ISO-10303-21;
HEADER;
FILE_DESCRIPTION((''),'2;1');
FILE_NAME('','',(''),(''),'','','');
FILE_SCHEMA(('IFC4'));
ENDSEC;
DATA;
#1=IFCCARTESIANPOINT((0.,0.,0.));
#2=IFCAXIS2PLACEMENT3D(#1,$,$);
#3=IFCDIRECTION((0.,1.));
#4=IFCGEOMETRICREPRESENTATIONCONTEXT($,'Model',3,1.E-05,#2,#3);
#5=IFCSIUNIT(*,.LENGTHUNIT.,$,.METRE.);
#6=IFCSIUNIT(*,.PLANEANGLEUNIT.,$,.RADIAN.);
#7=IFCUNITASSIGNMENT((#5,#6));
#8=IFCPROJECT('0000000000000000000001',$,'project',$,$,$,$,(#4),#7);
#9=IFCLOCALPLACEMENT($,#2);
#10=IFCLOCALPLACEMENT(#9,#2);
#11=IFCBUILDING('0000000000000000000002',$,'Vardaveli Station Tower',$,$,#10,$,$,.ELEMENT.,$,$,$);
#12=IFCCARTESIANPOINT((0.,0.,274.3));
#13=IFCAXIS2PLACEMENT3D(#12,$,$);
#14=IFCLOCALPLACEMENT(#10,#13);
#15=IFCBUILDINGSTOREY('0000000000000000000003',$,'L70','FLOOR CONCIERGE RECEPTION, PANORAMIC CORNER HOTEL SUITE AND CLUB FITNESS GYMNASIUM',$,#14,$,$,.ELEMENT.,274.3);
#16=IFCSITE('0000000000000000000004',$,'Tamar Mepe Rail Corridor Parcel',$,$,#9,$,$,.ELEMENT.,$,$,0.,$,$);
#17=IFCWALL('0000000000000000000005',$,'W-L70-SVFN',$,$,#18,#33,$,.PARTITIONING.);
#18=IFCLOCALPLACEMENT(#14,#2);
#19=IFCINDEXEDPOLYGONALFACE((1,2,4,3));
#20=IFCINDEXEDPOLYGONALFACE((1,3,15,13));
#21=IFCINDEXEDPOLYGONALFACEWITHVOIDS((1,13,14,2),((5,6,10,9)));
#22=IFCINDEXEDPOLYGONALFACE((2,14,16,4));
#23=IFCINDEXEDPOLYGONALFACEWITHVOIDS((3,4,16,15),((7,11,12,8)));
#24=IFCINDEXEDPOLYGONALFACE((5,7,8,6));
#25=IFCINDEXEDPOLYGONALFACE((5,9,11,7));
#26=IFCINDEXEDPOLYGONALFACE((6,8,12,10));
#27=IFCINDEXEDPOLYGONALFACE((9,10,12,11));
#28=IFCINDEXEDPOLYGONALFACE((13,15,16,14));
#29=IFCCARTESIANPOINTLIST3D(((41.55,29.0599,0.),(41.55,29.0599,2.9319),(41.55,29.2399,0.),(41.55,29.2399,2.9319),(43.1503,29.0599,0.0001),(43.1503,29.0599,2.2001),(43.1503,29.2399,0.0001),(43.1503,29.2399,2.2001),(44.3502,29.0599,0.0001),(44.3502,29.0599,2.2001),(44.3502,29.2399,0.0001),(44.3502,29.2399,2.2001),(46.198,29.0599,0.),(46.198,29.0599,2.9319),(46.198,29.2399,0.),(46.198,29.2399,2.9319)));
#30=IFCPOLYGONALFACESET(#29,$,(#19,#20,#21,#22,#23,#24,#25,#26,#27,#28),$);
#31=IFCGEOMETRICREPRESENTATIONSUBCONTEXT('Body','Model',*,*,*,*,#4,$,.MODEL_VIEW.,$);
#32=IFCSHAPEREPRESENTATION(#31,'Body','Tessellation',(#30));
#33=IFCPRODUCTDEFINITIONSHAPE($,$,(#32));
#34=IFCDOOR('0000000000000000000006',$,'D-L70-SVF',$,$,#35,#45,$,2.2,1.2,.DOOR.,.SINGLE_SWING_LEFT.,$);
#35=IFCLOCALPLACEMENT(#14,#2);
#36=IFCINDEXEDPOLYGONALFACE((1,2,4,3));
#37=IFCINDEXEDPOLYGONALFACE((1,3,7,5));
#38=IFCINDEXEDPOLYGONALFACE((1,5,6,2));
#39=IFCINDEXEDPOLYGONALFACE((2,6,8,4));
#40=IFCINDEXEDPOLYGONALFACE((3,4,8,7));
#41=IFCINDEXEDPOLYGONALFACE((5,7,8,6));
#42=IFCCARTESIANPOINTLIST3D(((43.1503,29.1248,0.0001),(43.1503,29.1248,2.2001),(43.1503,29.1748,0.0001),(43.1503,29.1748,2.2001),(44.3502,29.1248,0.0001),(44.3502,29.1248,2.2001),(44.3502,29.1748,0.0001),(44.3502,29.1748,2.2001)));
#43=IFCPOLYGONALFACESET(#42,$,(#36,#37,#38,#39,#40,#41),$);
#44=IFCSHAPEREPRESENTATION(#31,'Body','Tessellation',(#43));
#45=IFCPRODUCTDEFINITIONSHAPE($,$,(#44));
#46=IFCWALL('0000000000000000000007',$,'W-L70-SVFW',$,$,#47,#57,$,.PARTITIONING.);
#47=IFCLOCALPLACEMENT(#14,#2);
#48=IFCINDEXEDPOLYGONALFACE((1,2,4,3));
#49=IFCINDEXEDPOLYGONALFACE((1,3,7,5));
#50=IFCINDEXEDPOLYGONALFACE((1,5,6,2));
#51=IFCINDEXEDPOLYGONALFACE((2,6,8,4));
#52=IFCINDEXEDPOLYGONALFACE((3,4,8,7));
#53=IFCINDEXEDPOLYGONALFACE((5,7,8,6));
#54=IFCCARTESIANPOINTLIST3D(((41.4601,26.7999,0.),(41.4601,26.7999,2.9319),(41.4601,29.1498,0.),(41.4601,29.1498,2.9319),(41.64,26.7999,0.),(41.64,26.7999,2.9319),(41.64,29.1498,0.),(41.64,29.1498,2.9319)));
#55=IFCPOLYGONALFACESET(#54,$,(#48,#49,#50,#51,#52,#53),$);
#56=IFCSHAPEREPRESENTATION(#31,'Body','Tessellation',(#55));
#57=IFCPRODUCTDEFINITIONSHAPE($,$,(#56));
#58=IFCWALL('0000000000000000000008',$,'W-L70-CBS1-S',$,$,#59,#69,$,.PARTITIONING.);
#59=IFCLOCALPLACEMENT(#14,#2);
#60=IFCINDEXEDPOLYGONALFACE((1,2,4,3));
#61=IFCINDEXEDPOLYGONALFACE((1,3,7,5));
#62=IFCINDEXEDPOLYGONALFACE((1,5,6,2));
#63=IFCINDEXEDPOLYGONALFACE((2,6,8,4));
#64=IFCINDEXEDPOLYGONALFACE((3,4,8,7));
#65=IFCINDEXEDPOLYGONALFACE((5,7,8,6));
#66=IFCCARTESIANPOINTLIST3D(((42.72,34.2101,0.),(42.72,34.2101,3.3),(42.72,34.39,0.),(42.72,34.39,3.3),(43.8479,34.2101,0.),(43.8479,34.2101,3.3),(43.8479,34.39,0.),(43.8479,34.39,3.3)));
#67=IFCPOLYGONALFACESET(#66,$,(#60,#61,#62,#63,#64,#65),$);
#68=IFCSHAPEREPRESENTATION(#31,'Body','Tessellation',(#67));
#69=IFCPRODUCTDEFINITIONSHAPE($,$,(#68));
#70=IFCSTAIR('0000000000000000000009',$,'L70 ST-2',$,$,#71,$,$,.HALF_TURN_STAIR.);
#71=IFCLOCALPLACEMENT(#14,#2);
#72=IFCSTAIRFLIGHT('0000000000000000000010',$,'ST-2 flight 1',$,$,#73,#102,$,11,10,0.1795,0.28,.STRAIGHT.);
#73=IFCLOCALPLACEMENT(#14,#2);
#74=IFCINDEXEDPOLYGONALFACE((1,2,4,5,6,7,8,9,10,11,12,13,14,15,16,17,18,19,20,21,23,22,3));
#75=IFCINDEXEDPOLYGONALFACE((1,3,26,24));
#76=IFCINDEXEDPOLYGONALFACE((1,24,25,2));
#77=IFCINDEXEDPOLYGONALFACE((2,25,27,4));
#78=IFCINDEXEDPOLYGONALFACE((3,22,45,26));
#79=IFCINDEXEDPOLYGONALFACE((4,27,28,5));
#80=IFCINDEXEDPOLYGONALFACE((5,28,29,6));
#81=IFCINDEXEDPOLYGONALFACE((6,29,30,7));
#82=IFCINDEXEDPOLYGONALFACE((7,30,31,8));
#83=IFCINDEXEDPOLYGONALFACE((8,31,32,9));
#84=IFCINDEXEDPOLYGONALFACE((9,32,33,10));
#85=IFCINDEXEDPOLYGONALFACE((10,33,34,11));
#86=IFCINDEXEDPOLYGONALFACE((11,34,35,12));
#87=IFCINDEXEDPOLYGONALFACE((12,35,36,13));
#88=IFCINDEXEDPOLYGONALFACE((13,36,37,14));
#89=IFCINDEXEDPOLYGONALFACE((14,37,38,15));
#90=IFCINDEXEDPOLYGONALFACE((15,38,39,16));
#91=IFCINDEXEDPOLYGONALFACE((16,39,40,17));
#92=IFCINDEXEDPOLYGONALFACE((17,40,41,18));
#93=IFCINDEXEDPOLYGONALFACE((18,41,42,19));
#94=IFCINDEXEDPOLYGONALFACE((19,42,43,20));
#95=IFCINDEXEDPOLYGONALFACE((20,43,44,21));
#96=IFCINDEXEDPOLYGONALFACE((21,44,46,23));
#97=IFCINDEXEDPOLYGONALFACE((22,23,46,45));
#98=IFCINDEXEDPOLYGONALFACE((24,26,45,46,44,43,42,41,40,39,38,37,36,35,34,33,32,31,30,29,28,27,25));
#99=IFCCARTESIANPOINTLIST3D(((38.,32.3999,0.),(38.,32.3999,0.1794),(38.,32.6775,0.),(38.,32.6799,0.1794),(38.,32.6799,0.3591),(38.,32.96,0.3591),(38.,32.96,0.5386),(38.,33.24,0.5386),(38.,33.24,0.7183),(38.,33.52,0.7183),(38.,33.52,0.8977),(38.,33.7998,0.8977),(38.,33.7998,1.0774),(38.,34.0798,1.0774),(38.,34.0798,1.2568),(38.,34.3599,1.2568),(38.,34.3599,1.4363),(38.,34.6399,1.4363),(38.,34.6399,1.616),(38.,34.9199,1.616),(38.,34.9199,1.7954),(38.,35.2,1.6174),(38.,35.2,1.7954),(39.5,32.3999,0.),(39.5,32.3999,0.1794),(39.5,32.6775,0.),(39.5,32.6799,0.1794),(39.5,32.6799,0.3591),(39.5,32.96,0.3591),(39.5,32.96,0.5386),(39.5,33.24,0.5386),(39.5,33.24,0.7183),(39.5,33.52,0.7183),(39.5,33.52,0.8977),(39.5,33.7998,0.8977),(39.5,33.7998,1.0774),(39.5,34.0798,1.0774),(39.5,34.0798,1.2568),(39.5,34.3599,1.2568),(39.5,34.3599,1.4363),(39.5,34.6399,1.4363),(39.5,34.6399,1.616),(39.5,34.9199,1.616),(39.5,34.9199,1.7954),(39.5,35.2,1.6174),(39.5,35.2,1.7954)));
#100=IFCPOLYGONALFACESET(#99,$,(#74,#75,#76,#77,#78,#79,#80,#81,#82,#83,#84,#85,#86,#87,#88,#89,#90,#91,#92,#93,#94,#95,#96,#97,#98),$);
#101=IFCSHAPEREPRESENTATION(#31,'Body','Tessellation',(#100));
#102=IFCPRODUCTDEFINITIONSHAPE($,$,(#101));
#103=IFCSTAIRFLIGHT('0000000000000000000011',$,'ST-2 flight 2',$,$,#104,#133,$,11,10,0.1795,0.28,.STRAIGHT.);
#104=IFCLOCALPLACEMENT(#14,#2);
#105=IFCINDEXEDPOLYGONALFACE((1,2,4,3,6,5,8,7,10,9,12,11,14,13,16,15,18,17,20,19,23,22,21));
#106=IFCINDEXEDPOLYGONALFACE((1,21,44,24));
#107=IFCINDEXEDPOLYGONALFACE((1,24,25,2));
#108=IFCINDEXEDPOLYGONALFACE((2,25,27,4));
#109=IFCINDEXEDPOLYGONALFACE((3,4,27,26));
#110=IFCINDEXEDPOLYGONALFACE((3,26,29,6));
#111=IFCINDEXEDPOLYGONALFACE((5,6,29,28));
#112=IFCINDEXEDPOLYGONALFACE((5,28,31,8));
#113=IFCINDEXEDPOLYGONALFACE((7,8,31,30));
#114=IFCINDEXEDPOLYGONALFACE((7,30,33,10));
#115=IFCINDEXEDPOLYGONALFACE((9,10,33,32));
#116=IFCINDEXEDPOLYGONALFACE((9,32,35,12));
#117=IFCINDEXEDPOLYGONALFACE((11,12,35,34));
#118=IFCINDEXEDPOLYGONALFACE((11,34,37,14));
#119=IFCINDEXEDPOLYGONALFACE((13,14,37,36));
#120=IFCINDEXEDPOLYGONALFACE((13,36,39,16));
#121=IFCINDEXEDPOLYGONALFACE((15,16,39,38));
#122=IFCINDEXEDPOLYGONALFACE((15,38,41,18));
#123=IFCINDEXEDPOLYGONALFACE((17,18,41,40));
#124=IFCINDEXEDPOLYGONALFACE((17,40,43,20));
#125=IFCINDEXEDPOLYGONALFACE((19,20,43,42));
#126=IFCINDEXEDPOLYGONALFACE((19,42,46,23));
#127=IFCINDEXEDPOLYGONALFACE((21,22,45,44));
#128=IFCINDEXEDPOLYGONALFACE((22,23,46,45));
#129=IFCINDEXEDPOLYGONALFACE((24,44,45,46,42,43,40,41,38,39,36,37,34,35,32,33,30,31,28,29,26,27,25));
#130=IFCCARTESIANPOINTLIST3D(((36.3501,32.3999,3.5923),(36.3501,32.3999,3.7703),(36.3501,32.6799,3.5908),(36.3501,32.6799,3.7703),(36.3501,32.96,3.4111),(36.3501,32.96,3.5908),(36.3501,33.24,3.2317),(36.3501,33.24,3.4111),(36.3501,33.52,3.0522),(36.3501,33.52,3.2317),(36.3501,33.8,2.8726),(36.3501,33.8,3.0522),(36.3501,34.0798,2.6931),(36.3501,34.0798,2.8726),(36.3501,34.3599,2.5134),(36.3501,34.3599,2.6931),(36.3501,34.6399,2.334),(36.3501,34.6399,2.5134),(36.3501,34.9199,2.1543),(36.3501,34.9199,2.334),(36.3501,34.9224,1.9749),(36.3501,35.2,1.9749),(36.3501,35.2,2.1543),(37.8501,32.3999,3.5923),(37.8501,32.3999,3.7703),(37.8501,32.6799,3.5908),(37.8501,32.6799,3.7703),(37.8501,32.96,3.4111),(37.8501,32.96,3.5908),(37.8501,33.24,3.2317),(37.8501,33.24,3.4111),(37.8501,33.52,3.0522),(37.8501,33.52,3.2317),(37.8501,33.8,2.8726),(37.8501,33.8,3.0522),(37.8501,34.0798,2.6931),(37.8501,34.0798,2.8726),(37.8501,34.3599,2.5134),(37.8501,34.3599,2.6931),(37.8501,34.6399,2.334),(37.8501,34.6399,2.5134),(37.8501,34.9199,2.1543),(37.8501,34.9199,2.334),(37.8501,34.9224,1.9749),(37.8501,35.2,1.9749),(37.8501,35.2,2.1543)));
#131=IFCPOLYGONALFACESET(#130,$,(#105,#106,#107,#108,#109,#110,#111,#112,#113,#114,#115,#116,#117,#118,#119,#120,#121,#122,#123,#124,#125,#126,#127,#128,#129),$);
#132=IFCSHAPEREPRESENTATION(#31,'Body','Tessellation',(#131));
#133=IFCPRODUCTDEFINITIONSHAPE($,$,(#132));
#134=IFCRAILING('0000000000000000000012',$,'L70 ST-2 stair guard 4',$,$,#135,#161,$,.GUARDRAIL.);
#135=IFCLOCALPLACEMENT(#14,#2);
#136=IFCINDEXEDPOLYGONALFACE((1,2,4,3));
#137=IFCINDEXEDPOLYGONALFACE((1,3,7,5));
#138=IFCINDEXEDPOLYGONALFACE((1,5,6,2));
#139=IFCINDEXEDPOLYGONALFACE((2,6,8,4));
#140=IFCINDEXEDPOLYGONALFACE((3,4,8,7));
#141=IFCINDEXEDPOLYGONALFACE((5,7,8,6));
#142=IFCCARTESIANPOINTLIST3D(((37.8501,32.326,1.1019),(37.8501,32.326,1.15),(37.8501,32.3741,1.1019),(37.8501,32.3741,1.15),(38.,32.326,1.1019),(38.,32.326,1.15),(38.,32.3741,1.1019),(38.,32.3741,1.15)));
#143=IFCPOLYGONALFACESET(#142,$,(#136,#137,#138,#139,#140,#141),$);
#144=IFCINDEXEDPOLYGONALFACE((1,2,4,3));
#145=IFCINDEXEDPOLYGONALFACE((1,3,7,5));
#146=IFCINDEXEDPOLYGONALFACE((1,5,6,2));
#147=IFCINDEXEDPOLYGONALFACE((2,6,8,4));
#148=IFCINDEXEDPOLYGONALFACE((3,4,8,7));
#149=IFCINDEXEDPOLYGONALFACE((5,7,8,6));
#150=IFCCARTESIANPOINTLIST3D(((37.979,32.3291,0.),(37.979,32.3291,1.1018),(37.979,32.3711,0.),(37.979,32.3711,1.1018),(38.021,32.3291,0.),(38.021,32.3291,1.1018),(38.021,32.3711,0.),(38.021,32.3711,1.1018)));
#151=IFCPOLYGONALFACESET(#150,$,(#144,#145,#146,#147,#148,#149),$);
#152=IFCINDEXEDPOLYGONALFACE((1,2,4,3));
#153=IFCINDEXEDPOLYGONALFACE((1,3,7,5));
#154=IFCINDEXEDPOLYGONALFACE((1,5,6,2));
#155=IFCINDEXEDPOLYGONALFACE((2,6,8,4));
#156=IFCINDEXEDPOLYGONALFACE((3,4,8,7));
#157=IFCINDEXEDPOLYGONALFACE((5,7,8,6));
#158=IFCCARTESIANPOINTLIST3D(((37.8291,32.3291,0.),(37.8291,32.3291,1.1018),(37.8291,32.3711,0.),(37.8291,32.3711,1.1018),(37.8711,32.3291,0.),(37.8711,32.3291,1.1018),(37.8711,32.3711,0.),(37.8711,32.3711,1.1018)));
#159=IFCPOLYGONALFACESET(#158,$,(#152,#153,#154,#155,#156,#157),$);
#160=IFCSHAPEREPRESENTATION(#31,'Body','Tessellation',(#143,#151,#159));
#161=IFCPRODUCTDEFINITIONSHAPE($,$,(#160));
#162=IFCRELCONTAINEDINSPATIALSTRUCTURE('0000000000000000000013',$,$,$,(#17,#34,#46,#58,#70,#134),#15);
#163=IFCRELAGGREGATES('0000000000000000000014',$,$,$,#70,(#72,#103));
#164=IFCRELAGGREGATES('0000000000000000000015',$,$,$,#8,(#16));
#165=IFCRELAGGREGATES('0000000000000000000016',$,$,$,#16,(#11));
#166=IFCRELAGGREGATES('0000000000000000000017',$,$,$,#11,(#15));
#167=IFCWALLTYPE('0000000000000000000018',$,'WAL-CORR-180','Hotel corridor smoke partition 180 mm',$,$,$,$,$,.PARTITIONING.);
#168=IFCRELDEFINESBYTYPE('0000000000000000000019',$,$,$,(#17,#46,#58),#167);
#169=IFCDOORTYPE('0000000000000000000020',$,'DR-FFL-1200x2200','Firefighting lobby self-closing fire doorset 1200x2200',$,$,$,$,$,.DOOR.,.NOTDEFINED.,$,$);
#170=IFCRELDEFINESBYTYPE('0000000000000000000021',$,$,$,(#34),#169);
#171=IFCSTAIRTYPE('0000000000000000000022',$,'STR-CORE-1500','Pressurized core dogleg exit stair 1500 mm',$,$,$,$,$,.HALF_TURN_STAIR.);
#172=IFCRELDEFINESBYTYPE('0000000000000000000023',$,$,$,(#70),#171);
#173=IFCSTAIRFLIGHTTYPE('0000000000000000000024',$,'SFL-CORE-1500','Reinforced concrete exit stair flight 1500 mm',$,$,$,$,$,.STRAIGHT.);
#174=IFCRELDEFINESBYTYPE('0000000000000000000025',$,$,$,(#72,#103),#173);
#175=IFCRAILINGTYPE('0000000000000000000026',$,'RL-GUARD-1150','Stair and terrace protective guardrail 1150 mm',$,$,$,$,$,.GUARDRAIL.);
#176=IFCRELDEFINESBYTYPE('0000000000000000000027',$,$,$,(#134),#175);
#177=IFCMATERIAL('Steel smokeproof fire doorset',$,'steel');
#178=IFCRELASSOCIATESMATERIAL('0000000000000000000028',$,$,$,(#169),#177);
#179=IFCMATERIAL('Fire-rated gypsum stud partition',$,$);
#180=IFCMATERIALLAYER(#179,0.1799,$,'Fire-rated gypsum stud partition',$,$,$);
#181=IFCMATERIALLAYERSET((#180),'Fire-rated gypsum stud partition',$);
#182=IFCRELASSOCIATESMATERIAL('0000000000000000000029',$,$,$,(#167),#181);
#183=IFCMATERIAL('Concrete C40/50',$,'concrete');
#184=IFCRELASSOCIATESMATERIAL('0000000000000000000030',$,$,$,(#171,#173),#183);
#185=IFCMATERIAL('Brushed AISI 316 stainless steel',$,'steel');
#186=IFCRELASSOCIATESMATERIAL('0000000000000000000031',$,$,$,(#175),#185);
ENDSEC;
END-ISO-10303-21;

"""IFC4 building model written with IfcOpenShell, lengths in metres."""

from ifc_helpers import new_model, si_unit, direction, frame, frame_2d, origin, origin_2d, place, context, subcontext, project, spatial, polyline, rectangle, outline, extrude, source, transform, mapped, material, layer, layer_set, type_object, element, fill, aggregate, save


model = new_model("IFC4")

# Units and contexts
model_context = context("Model", 3, precision=1e-05, world=origin(), true_north=direction((0.0, 1.0)))
body_context = subcontext(model_context, "Body", "Model", "MODEL_VIEW")
ifc_project = project(units=[si_unit("LENGTHUNIT", "METRE"), si_unit("PLANEANGLEUNIT", "RADIAN")], contexts=[model_context])

# Site, building, storey
site_placement = place(None, origin())
site = spatial("IfcSite", under=ifc_project, at=site_placement, Name="Tamar Mepe Rail Corridor Parcel", CompositionType="ELEMENT", RefElevation=0.0)
building_placement = place(site_placement, origin())
building = spatial("IfcBuilding", under=site, at=building_placement, Name="Vardaveli Station Tower", CompositionType="ELEMENT")
storey_placement = place(building_placement, frame((0.0, 0.0, 274.3)))
storey = spatial("IfcBuildingStorey", under=building, at=storey_placement, Name="L70", Description="FLOOR CONCIERGE RECEPTION, PANORAMIC CORNER HOTEL SUITE AND CLUB FITNESS GYMNASIUM", CompositionType="ELEMENT", Elevation=274.3)

# Shared definitions
ifc_material_1 = material(Name="Concrete C40/50", Category="concrete")

# Wall, opening, door
ifc_material_2 = material(Name="Steel smokeproof fire doorset", Category="steel")
door_type_1 = type_object("IfcDoorType", Name="DR-FFL-1200x2200", Description="Firefighting lobby self-closing fire doorset 1200x2200", OperationType="NOTDEFINED", PredefinedType="DOOR", material=ifc_material_2)
shared_shape_1 = source(origin(), body_context, "Body", "SweptSolid", [
    extrude(rectangle(XDim=1.2, YDim=2.2, at=frame_2d((0.6001, 1.1001))), frame((0.0, 0.0249, 0.0), z_axis=(0.0, -1.0, 0.0), x_axis=(1.0, 0.0, 0.0)), (0.0, 0.0, 1.0), 0.05),
])
ifc_material_3 = material(Name="Fire-rated gypsum stud partition")
ifc_layer_1 = layer(ifc_material_3, 0.1799, Name="Fire-rated gypsum stud partition")
ifc_layer_set_1 = layer_set([ifc_layer_1], Name="Fire-rated gypsum stud partition")
wall_type_1 = type_object("IfcWallType", Name="WAL-CORR-180", Description="Hotel corridor smoke partition 180 mm", PredefinedType="PARTITIONING", material=ifc_layer_set_1)
shared_shape_2 = source(origin(), body_context, "Body", "SweptSolid", [
    extrude(rectangle(XDim=4.6479, YDim=0.1799, at=frame_2d((2.324, 0.0))), origin(), (0.0, 0.0, 1.0), 2.9319),
])
wall_1_placement = place(storey_placement, frame((41.55, 29.1499, 0.0), z_axis=(0.0, 0.0, 1.0), x_axis=(1.0, 0.0, 0.0)))
wall_1 = element("IfcWall", 1, at=wall_1_placement, inside=storey, type_object=wall_type_1, Name="W-L70-SVFN", PredefinedType="PARTITIONING", context=body_context, shape_type="MappedRepresentation", body=[
    mapped(shared_shape_2, transform((0.0, 0.0, 0.0), scale=1.0)),
])
shared_shape_3 = source(origin(), body_context, "Body", "SweptSolid", [
    extrude(rectangle(XDim=1.2, YDim=2.2, at=frame_2d((0.6001, 1.1001))), frame((0.0, 0.1001, 0.0), z_axis=(0.0, -1.0, 0.0), x_axis=(1.0, 0.0, 0.0)), (0.0, 0.0, 1.0), 0.2),
])
opening_1_placement = place(wall_1_placement, frame((1.6001, 0.0, 0.0)))
opening_1 = element("IfcOpeningElement", 2, at=opening_1_placement, cuts=wall_1, PredefinedType="OPENING", context=body_context, shape_type="MappedRepresentation", body=[
    mapped(shared_shape_3, transform((0.0, 0.0, 0.0), scale=1.0)),
])
door_1_placement = place(opening_1_placement, origin())
door_1 = element("IfcDoor", 3, at=door_1_placement, inside=storey, type_object=door_type_1, Name="D-L70-SVF", OperationType="SINGLE_SWING_LEFT", OverallHeight=2.2, OverallWidth=1.2, PredefinedType="DOOR", context=body_context, shape_type="MappedRepresentation", body=[
    mapped(shared_shape_1, transform((0.0, 0.0, 0.0), scale=1.0)),
])
fill(opening_1, door_1)

# Walls
shared_shape_4 = source(origin(), body_context, "Body", "SweptSolid", [
    extrude(rectangle(XDim=2.3499, YDim=0.1799, at=frame_2d((1.1748, 0.0))), origin(), (0.0, 0.0, 1.0), 2.9319),
])
wall_2_placement = place(storey_placement, frame((41.55, 26.8, 0.0), z_axis=(0.0, 0.0, 1.0), x_axis=(0.0, 1.0, 0.0)))
element("IfcWall", 4, at=wall_2_placement, inside=storey, type_object=wall_type_1, Name="W-L70-SVFW", PredefinedType="PARTITIONING", context=body_context, shape_type="MappedRepresentation", body=[
    mapped(shared_shape_4, transform((0.0, 0.0, 0.0), scale=1.0)),
])
shared_shape_5 = source(origin(), body_context, "Body", "SweptSolid", [
    extrude(rectangle(XDim=1.1279, YDim=0.1799, at=frame_2d((0.564, 0.0))), origin(), (0.0, 0.0, 1.0), 3.3),
])
wall_3_placement = place(storey_placement, frame((42.72, 34.3, 0.0), z_axis=(0.0, 0.0, 1.0), x_axis=(1.0, 0.0, 0.0)))
element("IfcWall", 5, at=wall_3_placement, inside=storey, type_object=wall_type_1, Name="W-L70-CBS1-S", PredefinedType="PARTITIONING", context=body_context, shape_type="MappedRepresentation", body=[
    mapped(shared_shape_5, transform((0.0, 0.0, 0.0), scale=1.0)),
])

# Stair, stair flights
stair_type = type_object("IfcStairType", Name="STR-CORE-1500", Description="Pressurized core dogleg exit stair 1500 mm", PredefinedType="HALF_TURN_STAIR", material=ifc_material_1)
stair_placement = place(storey_placement, origin())
stair = element("IfcStair", 6, at=stair_placement, inside=storey, type_object=stair_type, Name="L70 ST-2", PredefinedType="HALF_TURN_STAIR")
stair_flight_type = type_object("IfcStairFlightType", Name="SFL-CORE-1500", Description="Reinforced concrete exit stair flight 1500 mm", PredefinedType="STRAIGHT", material=ifc_material_1)
shared_shape_6 = source(origin(), body_context, "Body", "SweptSolid", [
    extrude(outline(polyline([(0.0, 0.0), (0.0, 0.1794), (0.28, 0.1794), (0.28, 0.3591), (0.5601, 0.3591), (0.5601, 0.5386), (0.8401, 0.5386), (0.8401, 0.7183), (1.1201, 0.7183), (1.1201, 0.8977), (1.3999, 0.8977), (1.3999, 1.0774), (1.6799, 1.0774), (1.6799, 1.2568), (1.96, 1.2568), (1.96, 1.4363), (2.24, 1.4363), (2.24, 1.616), (2.52, 1.616), (2.52, 1.7954), (2.8, 1.7954), (2.8, 1.9751), (2.8, 1.6174), (0.2776, 0.0), (0.0, 0.0)])), frame((0.0, 0.75, 0.0), z_axis=(0.0, -1.0, 0.0), x_axis=(1.0, 0.0, 0.0)), (0.0, 0.0, 1.0), 1.5),
])
stair_flight_1_placement = place(storey_placement, frame((38.75, 32.3999, 0.0), z_axis=(0.0, 0.0, 1.0), x_axis=(0.0, 1.0, 0.0)))
stair_flight_1 = element("IfcStairFlight", 7, at=stair_flight_1_placement, type_object=stair_flight_type, Name="ST-2 flight 1", NumberOfRisers=11, NumberOfTreads=10, PredefinedType="STRAIGHT", RiserHeight=0.1795, TreadLength=0.28, context=body_context, shape_type="MappedRepresentation", body=[
    mapped(shared_shape_6, transform((0.0, 0.0, 0.0), scale=1.0)),
])
stair_flight_2_placement = place(storey_placement, frame((37.1001, 35.2, 1.9749), z_axis=(0.0, 0.0, 1.0), x_axis=(0.0, -1.0, 0.0)))
stair_flight_2 = element("IfcStairFlight", 8, at=stair_flight_2_placement, type_object=stair_flight_type, Name="ST-2 flight 2", NumberOfRisers=11, NumberOfTreads=10, PredefinedType="STRAIGHT", RiserHeight=0.1795, TreadLength=0.28, context=body_context, shape_type="MappedRepresentation", body=[
    mapped(shared_shape_6, transform((0.0, 0.0, 0.0), scale=1.0)),
])
aggregate(stair, [stair_flight_1, stair_flight_2])

# Railing
ifc_material_4 = material(Name="Brushed AISI 316 stainless steel", Category="steel")
railing_type_1 = type_object("IfcRailingType", Name="RL-GUARD-1150", Description="Stair and terrace protective guardrail 1150 mm", PredefinedType="GUARDRAIL", material=ifc_material_4)
shared_shape_7 = source(origin(), body_context, "Body", "SweptSolid", [
    extrude(rectangle(XDim=0.0481, YDim=0.0481, at=origin_2d()), frame((0.0, 0.0, 1.126), z_axis=(-1.0, 0.0, 0.0), x_axis=(0.0, -1.0, 0.0)), (0.0, 0.0, 1.0), 0.1499),
    extrude(rectangle(XDim=0.042, YDim=0.042, at=origin_2d()), origin(), (0.0, 0.0, 1.0), 1.1018),
    extrude(rectangle(XDim=0.042, YDim=0.042, at=origin_2d()), frame((-0.1499, 0.0, 0.0)), (0.0, 0.0, 1.0), 1.1018),
])
railing_1_placement = place(storey_placement, frame((38.0, 32.3501, 0.0)))
element("IfcRailing", 9, at=railing_1_placement, inside=storey, type_object=railing_type_1, Name="L70 ST-2 stair guard 4", PredefinedType="GUARDRAIL", context=body_context, shape_type="MappedRepresentation", body=[
    mapped(shared_shape_7, transform((0.0, 0.0, 0.0), scale=1.0)),
])

save(model, "model.ifc")
